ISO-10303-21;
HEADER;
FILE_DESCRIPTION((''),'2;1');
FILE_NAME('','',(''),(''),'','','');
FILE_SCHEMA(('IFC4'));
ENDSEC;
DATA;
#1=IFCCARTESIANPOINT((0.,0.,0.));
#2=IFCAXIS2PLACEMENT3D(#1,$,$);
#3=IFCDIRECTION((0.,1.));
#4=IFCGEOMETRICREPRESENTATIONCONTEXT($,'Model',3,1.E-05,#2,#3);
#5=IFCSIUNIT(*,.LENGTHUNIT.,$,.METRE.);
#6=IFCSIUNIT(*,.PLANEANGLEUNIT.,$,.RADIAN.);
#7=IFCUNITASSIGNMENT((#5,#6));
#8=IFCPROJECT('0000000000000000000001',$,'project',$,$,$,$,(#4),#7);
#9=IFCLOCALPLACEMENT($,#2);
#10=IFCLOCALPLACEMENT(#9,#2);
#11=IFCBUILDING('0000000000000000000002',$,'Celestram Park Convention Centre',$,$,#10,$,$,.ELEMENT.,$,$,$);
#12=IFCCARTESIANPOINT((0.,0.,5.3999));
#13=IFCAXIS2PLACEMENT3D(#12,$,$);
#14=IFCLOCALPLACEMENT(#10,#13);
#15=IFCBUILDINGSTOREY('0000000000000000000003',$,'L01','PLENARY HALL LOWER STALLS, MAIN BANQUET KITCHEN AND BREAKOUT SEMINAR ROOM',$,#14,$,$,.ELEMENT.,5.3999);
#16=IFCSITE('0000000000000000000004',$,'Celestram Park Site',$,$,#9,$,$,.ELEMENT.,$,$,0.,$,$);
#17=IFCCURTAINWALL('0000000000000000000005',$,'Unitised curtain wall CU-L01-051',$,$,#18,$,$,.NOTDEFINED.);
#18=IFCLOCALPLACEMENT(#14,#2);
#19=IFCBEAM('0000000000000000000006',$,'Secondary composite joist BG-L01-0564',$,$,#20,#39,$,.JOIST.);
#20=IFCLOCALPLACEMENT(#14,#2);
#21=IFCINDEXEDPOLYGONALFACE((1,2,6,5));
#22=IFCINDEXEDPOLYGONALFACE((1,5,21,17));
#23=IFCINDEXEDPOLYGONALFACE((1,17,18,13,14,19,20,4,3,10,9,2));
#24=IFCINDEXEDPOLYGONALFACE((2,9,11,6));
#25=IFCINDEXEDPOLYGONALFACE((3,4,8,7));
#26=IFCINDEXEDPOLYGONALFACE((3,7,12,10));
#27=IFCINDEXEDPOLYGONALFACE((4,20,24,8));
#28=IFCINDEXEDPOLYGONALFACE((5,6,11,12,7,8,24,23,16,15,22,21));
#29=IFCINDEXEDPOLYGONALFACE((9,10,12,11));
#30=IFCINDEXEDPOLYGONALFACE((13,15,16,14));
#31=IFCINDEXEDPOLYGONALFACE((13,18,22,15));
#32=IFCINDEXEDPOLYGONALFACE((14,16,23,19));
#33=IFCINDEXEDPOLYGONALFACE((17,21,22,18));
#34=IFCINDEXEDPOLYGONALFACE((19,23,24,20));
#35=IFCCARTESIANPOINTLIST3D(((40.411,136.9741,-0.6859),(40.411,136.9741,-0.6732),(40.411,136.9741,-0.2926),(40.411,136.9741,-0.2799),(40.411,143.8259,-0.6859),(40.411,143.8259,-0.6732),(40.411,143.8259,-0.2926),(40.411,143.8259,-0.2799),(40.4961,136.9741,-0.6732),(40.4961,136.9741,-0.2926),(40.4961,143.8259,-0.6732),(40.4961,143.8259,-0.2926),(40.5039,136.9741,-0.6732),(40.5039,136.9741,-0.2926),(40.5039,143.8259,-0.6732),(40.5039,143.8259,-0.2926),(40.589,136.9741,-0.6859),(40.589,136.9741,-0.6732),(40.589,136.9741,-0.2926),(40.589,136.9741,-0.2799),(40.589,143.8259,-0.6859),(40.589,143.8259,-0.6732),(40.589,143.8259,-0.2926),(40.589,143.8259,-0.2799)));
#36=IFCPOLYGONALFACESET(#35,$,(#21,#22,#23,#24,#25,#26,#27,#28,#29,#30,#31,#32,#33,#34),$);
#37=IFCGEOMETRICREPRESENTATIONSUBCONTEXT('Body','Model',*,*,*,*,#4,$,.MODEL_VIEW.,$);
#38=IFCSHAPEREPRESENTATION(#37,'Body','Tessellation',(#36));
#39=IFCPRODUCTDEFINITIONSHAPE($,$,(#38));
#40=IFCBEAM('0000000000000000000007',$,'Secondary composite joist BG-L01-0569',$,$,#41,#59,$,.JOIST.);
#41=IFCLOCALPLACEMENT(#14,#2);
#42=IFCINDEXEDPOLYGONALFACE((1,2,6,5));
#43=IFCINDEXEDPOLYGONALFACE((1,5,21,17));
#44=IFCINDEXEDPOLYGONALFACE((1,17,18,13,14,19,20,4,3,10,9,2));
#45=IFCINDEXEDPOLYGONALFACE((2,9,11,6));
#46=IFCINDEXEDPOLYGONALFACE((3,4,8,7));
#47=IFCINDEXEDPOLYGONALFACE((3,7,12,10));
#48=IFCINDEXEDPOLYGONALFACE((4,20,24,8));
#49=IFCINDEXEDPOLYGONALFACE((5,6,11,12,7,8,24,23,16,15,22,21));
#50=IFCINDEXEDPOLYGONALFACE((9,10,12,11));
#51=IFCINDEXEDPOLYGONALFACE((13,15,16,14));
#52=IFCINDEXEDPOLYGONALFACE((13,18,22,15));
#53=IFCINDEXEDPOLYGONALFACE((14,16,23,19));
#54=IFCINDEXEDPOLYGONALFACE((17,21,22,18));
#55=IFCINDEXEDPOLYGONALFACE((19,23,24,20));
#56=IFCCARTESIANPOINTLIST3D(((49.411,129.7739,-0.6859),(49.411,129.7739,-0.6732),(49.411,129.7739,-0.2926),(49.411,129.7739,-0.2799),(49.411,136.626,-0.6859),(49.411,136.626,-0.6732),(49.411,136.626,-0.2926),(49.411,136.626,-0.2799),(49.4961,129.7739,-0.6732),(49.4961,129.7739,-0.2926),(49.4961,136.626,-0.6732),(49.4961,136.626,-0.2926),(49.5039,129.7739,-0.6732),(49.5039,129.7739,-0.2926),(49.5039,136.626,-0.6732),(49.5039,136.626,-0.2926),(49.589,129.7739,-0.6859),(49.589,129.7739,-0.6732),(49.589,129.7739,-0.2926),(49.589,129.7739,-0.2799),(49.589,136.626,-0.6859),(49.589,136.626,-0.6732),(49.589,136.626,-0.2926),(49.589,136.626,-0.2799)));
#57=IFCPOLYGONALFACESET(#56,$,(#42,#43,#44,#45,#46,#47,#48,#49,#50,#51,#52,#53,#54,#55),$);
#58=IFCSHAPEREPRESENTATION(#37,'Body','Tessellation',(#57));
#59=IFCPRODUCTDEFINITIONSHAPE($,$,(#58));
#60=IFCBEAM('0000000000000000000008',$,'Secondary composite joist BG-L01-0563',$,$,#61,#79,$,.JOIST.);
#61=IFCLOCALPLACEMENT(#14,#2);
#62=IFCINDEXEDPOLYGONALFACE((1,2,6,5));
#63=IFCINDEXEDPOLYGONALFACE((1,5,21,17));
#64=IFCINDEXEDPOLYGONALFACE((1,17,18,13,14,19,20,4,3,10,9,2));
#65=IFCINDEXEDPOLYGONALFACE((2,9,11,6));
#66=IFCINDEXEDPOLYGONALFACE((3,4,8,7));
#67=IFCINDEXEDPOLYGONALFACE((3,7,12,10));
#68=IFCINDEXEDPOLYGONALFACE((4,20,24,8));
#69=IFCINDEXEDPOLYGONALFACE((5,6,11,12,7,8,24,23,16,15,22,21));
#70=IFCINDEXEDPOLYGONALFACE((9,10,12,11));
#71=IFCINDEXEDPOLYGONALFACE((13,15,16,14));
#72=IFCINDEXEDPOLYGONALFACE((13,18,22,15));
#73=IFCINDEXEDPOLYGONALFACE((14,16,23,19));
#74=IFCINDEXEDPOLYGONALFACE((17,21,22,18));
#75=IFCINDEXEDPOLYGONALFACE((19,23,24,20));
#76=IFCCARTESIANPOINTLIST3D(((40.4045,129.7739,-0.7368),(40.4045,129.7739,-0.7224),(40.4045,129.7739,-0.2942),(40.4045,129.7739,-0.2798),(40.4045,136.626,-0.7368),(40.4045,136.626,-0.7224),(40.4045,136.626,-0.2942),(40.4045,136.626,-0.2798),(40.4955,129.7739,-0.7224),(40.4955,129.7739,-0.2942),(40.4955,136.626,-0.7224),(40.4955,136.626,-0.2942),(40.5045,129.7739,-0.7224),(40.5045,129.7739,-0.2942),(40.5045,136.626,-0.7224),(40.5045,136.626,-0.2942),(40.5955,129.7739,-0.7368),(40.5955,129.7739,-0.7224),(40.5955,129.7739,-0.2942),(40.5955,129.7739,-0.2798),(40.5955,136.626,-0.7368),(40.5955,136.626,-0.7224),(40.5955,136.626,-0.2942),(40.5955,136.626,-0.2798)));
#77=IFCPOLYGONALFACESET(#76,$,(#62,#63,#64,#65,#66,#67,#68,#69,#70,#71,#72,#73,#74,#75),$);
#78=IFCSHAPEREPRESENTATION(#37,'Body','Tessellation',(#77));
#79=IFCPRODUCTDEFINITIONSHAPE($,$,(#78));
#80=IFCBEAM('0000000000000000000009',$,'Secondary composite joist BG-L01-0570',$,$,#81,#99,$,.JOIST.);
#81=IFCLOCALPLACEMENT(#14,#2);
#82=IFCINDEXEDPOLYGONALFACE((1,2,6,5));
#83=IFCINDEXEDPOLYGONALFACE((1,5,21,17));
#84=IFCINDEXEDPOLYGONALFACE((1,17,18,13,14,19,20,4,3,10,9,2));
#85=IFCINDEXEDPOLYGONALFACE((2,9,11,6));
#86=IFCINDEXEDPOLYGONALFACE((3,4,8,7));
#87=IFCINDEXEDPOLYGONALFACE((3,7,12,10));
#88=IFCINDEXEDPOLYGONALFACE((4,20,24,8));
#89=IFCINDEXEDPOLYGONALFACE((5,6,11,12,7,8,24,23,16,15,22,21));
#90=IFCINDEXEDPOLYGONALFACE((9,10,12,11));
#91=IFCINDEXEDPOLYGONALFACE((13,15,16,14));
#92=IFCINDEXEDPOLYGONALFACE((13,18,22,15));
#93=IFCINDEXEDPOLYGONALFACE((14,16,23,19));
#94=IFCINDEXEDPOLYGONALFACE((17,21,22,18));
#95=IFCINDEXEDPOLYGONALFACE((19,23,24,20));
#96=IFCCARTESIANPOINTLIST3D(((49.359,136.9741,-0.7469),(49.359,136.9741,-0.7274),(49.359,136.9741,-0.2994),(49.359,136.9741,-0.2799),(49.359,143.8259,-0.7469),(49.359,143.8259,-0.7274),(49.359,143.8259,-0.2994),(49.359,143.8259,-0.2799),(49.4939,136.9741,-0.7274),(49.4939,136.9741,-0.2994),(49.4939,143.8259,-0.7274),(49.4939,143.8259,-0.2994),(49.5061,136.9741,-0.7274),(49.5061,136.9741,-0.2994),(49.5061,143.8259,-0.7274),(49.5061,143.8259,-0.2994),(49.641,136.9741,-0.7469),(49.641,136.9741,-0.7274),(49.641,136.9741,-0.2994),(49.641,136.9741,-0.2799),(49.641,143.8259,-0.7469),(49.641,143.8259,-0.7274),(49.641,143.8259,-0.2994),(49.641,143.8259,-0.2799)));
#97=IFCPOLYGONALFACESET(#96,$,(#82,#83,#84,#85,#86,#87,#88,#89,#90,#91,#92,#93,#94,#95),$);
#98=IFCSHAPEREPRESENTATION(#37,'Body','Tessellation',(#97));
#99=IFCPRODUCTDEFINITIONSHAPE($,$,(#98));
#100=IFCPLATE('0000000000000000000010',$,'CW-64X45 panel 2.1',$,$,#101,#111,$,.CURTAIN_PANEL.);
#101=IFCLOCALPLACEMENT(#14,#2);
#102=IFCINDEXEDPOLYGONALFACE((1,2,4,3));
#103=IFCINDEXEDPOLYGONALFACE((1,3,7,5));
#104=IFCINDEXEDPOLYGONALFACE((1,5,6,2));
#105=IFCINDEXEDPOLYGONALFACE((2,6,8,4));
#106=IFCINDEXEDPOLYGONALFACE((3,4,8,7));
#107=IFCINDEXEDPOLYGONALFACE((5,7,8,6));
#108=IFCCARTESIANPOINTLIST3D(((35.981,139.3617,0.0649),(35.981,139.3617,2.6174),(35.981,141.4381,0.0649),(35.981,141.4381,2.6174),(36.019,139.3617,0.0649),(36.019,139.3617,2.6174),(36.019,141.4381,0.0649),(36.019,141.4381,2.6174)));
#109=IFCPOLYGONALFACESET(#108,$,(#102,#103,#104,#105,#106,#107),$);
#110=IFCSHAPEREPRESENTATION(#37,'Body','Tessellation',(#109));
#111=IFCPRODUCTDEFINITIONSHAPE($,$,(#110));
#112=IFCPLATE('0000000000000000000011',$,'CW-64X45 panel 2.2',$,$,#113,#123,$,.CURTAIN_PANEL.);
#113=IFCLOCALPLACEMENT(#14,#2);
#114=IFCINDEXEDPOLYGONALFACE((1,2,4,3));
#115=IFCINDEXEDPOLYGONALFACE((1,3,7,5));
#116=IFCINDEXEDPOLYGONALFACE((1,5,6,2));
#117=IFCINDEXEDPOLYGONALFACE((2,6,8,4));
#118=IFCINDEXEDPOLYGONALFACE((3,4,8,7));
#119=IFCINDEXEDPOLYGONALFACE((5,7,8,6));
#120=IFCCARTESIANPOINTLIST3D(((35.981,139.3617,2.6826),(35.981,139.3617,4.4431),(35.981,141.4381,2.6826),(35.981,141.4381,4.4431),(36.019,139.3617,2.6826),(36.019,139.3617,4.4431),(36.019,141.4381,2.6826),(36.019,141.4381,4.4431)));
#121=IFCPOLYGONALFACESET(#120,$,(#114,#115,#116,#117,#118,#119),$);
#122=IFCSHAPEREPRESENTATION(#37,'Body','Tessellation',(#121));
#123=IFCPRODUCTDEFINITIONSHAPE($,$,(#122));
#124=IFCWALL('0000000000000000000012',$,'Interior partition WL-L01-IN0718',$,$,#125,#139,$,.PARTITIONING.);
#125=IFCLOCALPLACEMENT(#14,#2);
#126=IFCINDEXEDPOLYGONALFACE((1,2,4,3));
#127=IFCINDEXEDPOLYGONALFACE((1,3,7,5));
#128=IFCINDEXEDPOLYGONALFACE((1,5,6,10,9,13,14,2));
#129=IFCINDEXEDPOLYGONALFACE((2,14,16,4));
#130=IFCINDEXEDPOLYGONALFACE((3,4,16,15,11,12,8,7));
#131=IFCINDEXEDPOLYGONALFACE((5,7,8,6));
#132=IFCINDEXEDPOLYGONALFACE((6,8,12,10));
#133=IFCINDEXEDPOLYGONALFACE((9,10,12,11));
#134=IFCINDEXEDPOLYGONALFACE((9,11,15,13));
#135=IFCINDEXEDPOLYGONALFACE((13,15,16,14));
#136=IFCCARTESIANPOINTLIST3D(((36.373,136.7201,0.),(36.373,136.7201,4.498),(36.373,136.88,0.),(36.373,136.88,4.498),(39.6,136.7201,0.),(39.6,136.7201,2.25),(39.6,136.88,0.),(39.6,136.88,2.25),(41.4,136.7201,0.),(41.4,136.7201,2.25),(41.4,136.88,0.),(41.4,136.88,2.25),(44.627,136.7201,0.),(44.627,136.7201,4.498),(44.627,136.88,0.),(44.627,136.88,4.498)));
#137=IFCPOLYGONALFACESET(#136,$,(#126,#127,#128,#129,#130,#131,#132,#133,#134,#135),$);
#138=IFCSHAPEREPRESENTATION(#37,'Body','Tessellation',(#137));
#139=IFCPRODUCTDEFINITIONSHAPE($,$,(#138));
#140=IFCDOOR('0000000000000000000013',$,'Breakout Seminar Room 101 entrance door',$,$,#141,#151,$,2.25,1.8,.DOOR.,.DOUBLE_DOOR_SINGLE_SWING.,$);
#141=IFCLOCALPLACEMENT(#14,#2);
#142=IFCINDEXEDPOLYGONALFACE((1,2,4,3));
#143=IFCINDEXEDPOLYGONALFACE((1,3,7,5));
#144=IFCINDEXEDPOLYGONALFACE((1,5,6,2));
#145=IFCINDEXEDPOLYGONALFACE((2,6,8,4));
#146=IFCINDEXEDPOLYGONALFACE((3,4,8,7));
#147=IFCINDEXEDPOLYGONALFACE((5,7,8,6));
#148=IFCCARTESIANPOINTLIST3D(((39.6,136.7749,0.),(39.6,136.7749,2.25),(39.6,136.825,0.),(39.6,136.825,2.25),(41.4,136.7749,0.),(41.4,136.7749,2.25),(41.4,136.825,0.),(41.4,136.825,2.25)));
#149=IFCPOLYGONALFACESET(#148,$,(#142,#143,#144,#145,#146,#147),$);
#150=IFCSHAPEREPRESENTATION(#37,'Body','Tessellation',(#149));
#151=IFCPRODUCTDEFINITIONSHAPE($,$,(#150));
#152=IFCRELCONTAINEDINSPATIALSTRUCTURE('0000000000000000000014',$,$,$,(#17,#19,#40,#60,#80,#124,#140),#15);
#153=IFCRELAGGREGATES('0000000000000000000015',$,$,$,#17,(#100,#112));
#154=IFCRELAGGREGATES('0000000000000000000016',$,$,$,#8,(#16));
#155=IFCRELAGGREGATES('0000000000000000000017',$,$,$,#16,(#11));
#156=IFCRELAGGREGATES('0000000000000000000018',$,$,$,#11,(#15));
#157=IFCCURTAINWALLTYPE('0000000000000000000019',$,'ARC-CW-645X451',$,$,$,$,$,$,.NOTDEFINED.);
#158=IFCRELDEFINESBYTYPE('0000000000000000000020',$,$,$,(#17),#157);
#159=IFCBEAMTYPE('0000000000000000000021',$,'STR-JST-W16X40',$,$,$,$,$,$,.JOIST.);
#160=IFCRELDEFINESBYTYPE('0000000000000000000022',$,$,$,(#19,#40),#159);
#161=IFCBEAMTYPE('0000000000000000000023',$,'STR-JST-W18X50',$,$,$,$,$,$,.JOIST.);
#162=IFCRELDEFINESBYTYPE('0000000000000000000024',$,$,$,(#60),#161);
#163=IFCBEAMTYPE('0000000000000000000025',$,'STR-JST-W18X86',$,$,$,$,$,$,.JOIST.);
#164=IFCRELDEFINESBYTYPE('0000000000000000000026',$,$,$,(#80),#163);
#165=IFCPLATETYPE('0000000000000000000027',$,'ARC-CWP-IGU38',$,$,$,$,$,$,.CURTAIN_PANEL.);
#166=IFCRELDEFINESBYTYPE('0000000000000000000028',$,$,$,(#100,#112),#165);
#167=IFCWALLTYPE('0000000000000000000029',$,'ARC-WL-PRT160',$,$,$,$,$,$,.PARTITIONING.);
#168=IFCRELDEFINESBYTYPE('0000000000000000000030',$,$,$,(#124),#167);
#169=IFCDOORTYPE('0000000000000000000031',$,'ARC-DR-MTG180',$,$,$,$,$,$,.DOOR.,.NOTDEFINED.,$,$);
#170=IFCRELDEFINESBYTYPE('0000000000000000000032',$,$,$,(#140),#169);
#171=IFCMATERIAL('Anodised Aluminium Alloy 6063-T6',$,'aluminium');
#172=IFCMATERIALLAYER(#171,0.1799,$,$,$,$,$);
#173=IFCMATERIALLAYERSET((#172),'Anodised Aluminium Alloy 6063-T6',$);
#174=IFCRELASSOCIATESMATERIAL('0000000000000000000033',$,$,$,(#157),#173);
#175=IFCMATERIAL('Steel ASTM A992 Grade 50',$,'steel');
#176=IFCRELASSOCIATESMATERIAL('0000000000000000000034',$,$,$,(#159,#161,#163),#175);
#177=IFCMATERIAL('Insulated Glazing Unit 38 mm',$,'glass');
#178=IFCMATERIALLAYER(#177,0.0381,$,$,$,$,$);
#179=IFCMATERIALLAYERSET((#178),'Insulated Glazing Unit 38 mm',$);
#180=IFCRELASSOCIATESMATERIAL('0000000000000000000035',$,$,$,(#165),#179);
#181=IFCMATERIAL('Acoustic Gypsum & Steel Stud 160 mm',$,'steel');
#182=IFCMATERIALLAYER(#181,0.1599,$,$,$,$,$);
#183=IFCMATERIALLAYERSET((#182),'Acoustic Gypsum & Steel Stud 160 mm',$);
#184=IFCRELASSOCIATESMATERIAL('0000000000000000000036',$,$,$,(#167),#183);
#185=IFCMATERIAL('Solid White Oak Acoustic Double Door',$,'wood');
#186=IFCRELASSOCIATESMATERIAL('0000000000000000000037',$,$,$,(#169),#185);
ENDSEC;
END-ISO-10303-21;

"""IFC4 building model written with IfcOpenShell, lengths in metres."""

from ifc_helpers import new_model, si_unit, direction, frame, frame_2d, origin, origin_2d, place, context, subcontext, project, spatial, rectangle, i_section, extrude, material, layer, layer_set, material_profile, profile_set, type_object, element, fill, aggregate, save


model = new_model("IFC4")

# Units and contexts
model_context = context("Model", 3, precision=1e-05, world=origin(), true_north=direction((0.0, 1.0)))
body_context = subcontext(model_context, "Body", "Model", "MODEL_VIEW")
ifc_project = project(units=[si_unit("LENGTHUNIT", "METRE"), si_unit("PLANEANGLEUNIT", "RADIAN")], contexts=[model_context])

# Site, building, storey
site_placement = place(None, origin())
site = spatial("IfcSite", under=ifc_project, at=site_placement, Name="Celestram Park Site", CompositionType="ELEMENT", RefElevation=0.0)
building_placement = place(site_placement, origin())
building = spatial("IfcBuilding", under=site, at=building_placement, Name="Celestram Park Convention Centre", CompositionType="ELEMENT")
storey_placement = place(building_placement, frame((0.0, 0.0, 5.3999)))
storey = spatial("IfcBuildingStorey", under=building, at=storey_placement, Name="L01", Description="PLENARY HALL LOWER STALLS, MAIN BANQUET KITCHEN AND BREAKOUT SEMINAR ROOM", CompositionType="ELEMENT", Elevation=5.3999)

# Curtain wall
ifc_material_1 = material(Name="Anodised Aluminium Alloy 6063-T6", Category="aluminium")
ifc_layer_1 = layer(ifc_material_1, 0.1799)
ifc_layer_set_1 = layer_set([ifc_layer_1], Name="Anodised Aluminium Alloy 6063-T6")
curtain_wall_type = type_object("IfcCurtainWallType", Name="ARC-CW-645X451", PredefinedType="NOTDEFINED", material=ifc_layer_set_1)
curtain_wall_placement = place(storey_placement, origin())
curtain_wall = element("IfcCurtainWall", 1, at=curtain_wall_placement, inside=storey, type_object=curtain_wall_type, Name="Unitised curtain wall CU-L01-051", PredefinedType="NOTDEFINED")

# Beams
ifc_material_2 = material(Name="Steel ASTM A992 Grade 50", Category="steel")
ifc_material_profile_1 = material_profile(ifc_material_2, i_section(OverallWidth=0.178, OverallDepth=0.406, WebThickness=0.0078, FlangeThickness=0.0127, at=origin_2d()), Name="W16X40")
ifc_profile_set_1 = profile_set([ifc_material_profile_1], Name="Steel ASTM A992 Grade 50")
beam_type_1 = type_object("IfcBeamType", Name="STR-JST-W16X40", PredefinedType="JOIST", material=ifc_profile_set_1)
beam_1_placement = place(storey_placement, frame((40.5, 136.9741, -0.4829), z_axis=(0.0, 1.0, 0.0), x_axis=(-1.0, 0.0, 0.0)))
element("IfcBeam", 2, at=beam_1_placement, inside=storey, type_object=beam_type_1, Name="Secondary composite joist BG-L01-0564", PredefinedType="JOIST", context=body_context, shape_type="SweptSolid", body=[
    extrude(i_section(OverallWidth=0.178, OverallDepth=0.406, WebThickness=0.0078, FlangeThickness=0.0127, at=origin_2d()), origin(), (0.0, 0.0, 1.0), 6.8518),
])
beam_2_placement = place(storey_placement, frame((49.5, 129.7739, -0.4829), z_axis=(0.0, 1.0, 0.0), x_axis=(-1.0, 0.0, 0.0)))
element("IfcBeam", 3, at=beam_2_placement, inside=storey, type_object=beam_type_1, Name="Secondary composite joist BG-L01-0569", PredefinedType="JOIST", context=body_context, shape_type="SweptSolid", body=[
    extrude(i_section(OverallWidth=0.178, OverallDepth=0.406, WebThickness=0.0078, FlangeThickness=0.0127, at=origin_2d()), origin(), (0.0, 0.0, 1.0), 6.8521),
])
ifc_material_profile_2 = material_profile(ifc_material_2, i_section(OverallWidth=0.1909, OverallDepth=0.457, WebThickness=0.009, FlangeThickness=0.0144, at=origin_2d()), Name="W18X50")
ifc_profile_set_2 = profile_set([ifc_material_profile_2], Name="Steel ASTM A992 Grade 50")
beam_type_2 = type_object("IfcBeamType", Name="STR-JST-W18X50", PredefinedType="JOIST", material=ifc_profile_set_2)
beam_3_placement = place(storey_placement, frame((40.5, 129.7739, -0.5083), z_axis=(0.0, 1.0, 0.0), x_axis=(-1.0, 0.0, 0.0)))
element("IfcBeam", 4, at=beam_3_placement, inside=storey, type_object=beam_type_2, Name="Secondary composite joist BG-L01-0563", PredefinedType="JOIST", context=body_context, shape_type="SweptSolid", body=[
    extrude(i_section(OverallWidth=0.1909, OverallDepth=0.457, WebThickness=0.009, FlangeThickness=0.0144, at=origin_2d()), origin(), (0.0, 0.0, 1.0), 6.8521),
])
ifc_material_profile_3 = material_profile(ifc_material_2, i_section(OverallWidth=0.282, OverallDepth=0.467, WebThickness=0.0122, FlangeThickness=0.0195, at=origin_2d()), Name="W18X86")
ifc_profile_set_3 = profile_set([ifc_material_profile_3], Name="Steel ASTM A992 Grade 50")
beam_type_3 = type_object("IfcBeamType", Name="STR-JST-W18X86", PredefinedType="JOIST", material=ifc_profile_set_3)
beam_4_placement = place(storey_placement, frame((49.5, 136.9741, -0.5134), z_axis=(0.0, 1.0, 0.0), x_axis=(-1.0, 0.0, 0.0)))
element("IfcBeam", 5, at=beam_4_placement, inside=storey, type_object=beam_type_3, Name="Secondary composite joist BG-L01-0570", PredefinedType="JOIST", context=body_context, shape_type="SweptSolid", body=[
    extrude(i_section(OverallWidth=0.282, OverallDepth=0.467, WebThickness=0.0122, FlangeThickness=0.0195, at=origin_2d()), origin(), (0.0, 0.0, 1.0), 6.8518),
])

# Plates
ifc_material_3 = material(Name="Insulated Glazing Unit 38 mm", Category="glass")
ifc_layer_2 = layer(ifc_material_3, 0.0381)
ifc_layer_set_2 = layer_set([ifc_layer_2], Name="Insulated Glazing Unit 38 mm")
plate_type = type_object("IfcPlateType", Name="ARC-CWP-IGU38", PredefinedType="CURTAIN_PANEL", material=ifc_layer_set_2)
plate_1_placement = place(storey_placement, frame((36.0, 140.3999, 0.0649), z_axis=(0.0, 0.0, 1.0), x_axis=(0.0, 1.0, 0.0)))
plate_1 = element("IfcPlate", 6, at=plate_1_placement, type_object=plate_type, Name="CW-64X45 panel 2.1", PredefinedType="CURTAIN_PANEL", context=body_context, shape_type="SweptSolid", body=[
    extrude(rectangle(XDim=2.0764, YDim=0.0381, at=origin_2d()), origin(), (0.0, 0.0, 1.0), 2.5525),
])
plate_2_placement = place(storey_placement, frame((36.0, 140.3999, 2.6826), z_axis=(0.0, 0.0, 1.0), x_axis=(0.0, 1.0, 0.0)))
plate_2 = element("IfcPlate", 7, at=plate_2_placement, type_object=plate_type, Name="CW-64X45 panel 2.2", PredefinedType="CURTAIN_PANEL", context=body_context, shape_type="SweptSolid", body=[
    extrude(rectangle(XDim=2.0764, YDim=0.0381, at=origin_2d()), origin(), (0.0, 0.0, 1.0), 1.7605),
])
aggregate(curtain_wall, [plate_1, plate_2])

# Wall, opening, door
ifc_material_4 = material(Name="Acoustic Gypsum & Steel Stud 160 mm", Category="steel")
ifc_layer_3 = layer(ifc_material_4, 0.1599)
ifc_layer_set_3 = layer_set([ifc_layer_3], Name="Acoustic Gypsum & Steel Stud 160 mm")
wall_type = type_object("IfcWallType", Name="ARC-WL-PRT160", PredefinedType="PARTITIONING", material=ifc_layer_set_3)
wall_1_placement = place(storey_placement, frame((36.373, 136.8, 0.0), z_axis=(0.0, 0.0, 1.0), x_axis=(1.0, 0.0, 0.0)))
wall_1 = element("IfcWall", 8, at=wall_1_placement, inside=storey, type_object=wall_type, Name="Interior partition WL-L01-IN0718", PredefinedType="PARTITIONING", context=body_context, shape_type="SweptSolid", body=[
    extrude(rectangle(XDim=8.2539, YDim=0.1599, at=frame_2d((4.127, 0.0))), origin(), (0.0, 0.0, 1.0), 4.498),
])
opening_1_placement = place(wall_1_placement, frame((3.2271, 0.0, 0.0)))
opening_1 = element("IfcOpeningElement", 9, at=opening_1_placement, cuts=wall_1, PredefinedType="OPENING", context=body_context, shape_type="SweptSolid", body=[
    extrude(rectangle(XDim=1.8, YDim=2.25, at=frame_2d((0.8999, 1.125))), frame((0.0, 0.0898, 0.0), z_axis=(0.0, -1.0, 0.0), x_axis=(1.0, 0.0, 0.0)), (0.0, 0.0, 1.0), 0.1799),
])
ifc_material_5 = material(Name="Solid White Oak Acoustic Double Door", Category="wood")
door_type_1 = type_object("IfcDoorType", Name="ARC-DR-MTG180", OperationType="NOTDEFINED", PredefinedType="DOOR", material=ifc_material_5)
door_1_placement = place(opening_1_placement, origin())
door_1 = element("IfcDoor", 10, at=door_1_placement, inside=storey, type_object=door_type_1, Name="Breakout Seminar Room 101 entrance door", OperationType="DOUBLE_DOOR_SINGLE_SWING", OverallHeight=2.25, OverallWidth=1.8, PredefinedType="DOOR", context=body_context, shape_type="SweptSolid", body=[
    extrude(rectangle(XDim=1.8, YDim=2.25, at=frame_2d((0.8999, 1.125))), frame((0.0, 0.0249, 0.0), z_axis=(0.0, -1.0, 0.0), x_axis=(1.0, 0.0, 0.0)), (0.0, 0.0, 1.0), 0.05),
])
fill(opening_1, door_1)

save(model, "model.ifc")
